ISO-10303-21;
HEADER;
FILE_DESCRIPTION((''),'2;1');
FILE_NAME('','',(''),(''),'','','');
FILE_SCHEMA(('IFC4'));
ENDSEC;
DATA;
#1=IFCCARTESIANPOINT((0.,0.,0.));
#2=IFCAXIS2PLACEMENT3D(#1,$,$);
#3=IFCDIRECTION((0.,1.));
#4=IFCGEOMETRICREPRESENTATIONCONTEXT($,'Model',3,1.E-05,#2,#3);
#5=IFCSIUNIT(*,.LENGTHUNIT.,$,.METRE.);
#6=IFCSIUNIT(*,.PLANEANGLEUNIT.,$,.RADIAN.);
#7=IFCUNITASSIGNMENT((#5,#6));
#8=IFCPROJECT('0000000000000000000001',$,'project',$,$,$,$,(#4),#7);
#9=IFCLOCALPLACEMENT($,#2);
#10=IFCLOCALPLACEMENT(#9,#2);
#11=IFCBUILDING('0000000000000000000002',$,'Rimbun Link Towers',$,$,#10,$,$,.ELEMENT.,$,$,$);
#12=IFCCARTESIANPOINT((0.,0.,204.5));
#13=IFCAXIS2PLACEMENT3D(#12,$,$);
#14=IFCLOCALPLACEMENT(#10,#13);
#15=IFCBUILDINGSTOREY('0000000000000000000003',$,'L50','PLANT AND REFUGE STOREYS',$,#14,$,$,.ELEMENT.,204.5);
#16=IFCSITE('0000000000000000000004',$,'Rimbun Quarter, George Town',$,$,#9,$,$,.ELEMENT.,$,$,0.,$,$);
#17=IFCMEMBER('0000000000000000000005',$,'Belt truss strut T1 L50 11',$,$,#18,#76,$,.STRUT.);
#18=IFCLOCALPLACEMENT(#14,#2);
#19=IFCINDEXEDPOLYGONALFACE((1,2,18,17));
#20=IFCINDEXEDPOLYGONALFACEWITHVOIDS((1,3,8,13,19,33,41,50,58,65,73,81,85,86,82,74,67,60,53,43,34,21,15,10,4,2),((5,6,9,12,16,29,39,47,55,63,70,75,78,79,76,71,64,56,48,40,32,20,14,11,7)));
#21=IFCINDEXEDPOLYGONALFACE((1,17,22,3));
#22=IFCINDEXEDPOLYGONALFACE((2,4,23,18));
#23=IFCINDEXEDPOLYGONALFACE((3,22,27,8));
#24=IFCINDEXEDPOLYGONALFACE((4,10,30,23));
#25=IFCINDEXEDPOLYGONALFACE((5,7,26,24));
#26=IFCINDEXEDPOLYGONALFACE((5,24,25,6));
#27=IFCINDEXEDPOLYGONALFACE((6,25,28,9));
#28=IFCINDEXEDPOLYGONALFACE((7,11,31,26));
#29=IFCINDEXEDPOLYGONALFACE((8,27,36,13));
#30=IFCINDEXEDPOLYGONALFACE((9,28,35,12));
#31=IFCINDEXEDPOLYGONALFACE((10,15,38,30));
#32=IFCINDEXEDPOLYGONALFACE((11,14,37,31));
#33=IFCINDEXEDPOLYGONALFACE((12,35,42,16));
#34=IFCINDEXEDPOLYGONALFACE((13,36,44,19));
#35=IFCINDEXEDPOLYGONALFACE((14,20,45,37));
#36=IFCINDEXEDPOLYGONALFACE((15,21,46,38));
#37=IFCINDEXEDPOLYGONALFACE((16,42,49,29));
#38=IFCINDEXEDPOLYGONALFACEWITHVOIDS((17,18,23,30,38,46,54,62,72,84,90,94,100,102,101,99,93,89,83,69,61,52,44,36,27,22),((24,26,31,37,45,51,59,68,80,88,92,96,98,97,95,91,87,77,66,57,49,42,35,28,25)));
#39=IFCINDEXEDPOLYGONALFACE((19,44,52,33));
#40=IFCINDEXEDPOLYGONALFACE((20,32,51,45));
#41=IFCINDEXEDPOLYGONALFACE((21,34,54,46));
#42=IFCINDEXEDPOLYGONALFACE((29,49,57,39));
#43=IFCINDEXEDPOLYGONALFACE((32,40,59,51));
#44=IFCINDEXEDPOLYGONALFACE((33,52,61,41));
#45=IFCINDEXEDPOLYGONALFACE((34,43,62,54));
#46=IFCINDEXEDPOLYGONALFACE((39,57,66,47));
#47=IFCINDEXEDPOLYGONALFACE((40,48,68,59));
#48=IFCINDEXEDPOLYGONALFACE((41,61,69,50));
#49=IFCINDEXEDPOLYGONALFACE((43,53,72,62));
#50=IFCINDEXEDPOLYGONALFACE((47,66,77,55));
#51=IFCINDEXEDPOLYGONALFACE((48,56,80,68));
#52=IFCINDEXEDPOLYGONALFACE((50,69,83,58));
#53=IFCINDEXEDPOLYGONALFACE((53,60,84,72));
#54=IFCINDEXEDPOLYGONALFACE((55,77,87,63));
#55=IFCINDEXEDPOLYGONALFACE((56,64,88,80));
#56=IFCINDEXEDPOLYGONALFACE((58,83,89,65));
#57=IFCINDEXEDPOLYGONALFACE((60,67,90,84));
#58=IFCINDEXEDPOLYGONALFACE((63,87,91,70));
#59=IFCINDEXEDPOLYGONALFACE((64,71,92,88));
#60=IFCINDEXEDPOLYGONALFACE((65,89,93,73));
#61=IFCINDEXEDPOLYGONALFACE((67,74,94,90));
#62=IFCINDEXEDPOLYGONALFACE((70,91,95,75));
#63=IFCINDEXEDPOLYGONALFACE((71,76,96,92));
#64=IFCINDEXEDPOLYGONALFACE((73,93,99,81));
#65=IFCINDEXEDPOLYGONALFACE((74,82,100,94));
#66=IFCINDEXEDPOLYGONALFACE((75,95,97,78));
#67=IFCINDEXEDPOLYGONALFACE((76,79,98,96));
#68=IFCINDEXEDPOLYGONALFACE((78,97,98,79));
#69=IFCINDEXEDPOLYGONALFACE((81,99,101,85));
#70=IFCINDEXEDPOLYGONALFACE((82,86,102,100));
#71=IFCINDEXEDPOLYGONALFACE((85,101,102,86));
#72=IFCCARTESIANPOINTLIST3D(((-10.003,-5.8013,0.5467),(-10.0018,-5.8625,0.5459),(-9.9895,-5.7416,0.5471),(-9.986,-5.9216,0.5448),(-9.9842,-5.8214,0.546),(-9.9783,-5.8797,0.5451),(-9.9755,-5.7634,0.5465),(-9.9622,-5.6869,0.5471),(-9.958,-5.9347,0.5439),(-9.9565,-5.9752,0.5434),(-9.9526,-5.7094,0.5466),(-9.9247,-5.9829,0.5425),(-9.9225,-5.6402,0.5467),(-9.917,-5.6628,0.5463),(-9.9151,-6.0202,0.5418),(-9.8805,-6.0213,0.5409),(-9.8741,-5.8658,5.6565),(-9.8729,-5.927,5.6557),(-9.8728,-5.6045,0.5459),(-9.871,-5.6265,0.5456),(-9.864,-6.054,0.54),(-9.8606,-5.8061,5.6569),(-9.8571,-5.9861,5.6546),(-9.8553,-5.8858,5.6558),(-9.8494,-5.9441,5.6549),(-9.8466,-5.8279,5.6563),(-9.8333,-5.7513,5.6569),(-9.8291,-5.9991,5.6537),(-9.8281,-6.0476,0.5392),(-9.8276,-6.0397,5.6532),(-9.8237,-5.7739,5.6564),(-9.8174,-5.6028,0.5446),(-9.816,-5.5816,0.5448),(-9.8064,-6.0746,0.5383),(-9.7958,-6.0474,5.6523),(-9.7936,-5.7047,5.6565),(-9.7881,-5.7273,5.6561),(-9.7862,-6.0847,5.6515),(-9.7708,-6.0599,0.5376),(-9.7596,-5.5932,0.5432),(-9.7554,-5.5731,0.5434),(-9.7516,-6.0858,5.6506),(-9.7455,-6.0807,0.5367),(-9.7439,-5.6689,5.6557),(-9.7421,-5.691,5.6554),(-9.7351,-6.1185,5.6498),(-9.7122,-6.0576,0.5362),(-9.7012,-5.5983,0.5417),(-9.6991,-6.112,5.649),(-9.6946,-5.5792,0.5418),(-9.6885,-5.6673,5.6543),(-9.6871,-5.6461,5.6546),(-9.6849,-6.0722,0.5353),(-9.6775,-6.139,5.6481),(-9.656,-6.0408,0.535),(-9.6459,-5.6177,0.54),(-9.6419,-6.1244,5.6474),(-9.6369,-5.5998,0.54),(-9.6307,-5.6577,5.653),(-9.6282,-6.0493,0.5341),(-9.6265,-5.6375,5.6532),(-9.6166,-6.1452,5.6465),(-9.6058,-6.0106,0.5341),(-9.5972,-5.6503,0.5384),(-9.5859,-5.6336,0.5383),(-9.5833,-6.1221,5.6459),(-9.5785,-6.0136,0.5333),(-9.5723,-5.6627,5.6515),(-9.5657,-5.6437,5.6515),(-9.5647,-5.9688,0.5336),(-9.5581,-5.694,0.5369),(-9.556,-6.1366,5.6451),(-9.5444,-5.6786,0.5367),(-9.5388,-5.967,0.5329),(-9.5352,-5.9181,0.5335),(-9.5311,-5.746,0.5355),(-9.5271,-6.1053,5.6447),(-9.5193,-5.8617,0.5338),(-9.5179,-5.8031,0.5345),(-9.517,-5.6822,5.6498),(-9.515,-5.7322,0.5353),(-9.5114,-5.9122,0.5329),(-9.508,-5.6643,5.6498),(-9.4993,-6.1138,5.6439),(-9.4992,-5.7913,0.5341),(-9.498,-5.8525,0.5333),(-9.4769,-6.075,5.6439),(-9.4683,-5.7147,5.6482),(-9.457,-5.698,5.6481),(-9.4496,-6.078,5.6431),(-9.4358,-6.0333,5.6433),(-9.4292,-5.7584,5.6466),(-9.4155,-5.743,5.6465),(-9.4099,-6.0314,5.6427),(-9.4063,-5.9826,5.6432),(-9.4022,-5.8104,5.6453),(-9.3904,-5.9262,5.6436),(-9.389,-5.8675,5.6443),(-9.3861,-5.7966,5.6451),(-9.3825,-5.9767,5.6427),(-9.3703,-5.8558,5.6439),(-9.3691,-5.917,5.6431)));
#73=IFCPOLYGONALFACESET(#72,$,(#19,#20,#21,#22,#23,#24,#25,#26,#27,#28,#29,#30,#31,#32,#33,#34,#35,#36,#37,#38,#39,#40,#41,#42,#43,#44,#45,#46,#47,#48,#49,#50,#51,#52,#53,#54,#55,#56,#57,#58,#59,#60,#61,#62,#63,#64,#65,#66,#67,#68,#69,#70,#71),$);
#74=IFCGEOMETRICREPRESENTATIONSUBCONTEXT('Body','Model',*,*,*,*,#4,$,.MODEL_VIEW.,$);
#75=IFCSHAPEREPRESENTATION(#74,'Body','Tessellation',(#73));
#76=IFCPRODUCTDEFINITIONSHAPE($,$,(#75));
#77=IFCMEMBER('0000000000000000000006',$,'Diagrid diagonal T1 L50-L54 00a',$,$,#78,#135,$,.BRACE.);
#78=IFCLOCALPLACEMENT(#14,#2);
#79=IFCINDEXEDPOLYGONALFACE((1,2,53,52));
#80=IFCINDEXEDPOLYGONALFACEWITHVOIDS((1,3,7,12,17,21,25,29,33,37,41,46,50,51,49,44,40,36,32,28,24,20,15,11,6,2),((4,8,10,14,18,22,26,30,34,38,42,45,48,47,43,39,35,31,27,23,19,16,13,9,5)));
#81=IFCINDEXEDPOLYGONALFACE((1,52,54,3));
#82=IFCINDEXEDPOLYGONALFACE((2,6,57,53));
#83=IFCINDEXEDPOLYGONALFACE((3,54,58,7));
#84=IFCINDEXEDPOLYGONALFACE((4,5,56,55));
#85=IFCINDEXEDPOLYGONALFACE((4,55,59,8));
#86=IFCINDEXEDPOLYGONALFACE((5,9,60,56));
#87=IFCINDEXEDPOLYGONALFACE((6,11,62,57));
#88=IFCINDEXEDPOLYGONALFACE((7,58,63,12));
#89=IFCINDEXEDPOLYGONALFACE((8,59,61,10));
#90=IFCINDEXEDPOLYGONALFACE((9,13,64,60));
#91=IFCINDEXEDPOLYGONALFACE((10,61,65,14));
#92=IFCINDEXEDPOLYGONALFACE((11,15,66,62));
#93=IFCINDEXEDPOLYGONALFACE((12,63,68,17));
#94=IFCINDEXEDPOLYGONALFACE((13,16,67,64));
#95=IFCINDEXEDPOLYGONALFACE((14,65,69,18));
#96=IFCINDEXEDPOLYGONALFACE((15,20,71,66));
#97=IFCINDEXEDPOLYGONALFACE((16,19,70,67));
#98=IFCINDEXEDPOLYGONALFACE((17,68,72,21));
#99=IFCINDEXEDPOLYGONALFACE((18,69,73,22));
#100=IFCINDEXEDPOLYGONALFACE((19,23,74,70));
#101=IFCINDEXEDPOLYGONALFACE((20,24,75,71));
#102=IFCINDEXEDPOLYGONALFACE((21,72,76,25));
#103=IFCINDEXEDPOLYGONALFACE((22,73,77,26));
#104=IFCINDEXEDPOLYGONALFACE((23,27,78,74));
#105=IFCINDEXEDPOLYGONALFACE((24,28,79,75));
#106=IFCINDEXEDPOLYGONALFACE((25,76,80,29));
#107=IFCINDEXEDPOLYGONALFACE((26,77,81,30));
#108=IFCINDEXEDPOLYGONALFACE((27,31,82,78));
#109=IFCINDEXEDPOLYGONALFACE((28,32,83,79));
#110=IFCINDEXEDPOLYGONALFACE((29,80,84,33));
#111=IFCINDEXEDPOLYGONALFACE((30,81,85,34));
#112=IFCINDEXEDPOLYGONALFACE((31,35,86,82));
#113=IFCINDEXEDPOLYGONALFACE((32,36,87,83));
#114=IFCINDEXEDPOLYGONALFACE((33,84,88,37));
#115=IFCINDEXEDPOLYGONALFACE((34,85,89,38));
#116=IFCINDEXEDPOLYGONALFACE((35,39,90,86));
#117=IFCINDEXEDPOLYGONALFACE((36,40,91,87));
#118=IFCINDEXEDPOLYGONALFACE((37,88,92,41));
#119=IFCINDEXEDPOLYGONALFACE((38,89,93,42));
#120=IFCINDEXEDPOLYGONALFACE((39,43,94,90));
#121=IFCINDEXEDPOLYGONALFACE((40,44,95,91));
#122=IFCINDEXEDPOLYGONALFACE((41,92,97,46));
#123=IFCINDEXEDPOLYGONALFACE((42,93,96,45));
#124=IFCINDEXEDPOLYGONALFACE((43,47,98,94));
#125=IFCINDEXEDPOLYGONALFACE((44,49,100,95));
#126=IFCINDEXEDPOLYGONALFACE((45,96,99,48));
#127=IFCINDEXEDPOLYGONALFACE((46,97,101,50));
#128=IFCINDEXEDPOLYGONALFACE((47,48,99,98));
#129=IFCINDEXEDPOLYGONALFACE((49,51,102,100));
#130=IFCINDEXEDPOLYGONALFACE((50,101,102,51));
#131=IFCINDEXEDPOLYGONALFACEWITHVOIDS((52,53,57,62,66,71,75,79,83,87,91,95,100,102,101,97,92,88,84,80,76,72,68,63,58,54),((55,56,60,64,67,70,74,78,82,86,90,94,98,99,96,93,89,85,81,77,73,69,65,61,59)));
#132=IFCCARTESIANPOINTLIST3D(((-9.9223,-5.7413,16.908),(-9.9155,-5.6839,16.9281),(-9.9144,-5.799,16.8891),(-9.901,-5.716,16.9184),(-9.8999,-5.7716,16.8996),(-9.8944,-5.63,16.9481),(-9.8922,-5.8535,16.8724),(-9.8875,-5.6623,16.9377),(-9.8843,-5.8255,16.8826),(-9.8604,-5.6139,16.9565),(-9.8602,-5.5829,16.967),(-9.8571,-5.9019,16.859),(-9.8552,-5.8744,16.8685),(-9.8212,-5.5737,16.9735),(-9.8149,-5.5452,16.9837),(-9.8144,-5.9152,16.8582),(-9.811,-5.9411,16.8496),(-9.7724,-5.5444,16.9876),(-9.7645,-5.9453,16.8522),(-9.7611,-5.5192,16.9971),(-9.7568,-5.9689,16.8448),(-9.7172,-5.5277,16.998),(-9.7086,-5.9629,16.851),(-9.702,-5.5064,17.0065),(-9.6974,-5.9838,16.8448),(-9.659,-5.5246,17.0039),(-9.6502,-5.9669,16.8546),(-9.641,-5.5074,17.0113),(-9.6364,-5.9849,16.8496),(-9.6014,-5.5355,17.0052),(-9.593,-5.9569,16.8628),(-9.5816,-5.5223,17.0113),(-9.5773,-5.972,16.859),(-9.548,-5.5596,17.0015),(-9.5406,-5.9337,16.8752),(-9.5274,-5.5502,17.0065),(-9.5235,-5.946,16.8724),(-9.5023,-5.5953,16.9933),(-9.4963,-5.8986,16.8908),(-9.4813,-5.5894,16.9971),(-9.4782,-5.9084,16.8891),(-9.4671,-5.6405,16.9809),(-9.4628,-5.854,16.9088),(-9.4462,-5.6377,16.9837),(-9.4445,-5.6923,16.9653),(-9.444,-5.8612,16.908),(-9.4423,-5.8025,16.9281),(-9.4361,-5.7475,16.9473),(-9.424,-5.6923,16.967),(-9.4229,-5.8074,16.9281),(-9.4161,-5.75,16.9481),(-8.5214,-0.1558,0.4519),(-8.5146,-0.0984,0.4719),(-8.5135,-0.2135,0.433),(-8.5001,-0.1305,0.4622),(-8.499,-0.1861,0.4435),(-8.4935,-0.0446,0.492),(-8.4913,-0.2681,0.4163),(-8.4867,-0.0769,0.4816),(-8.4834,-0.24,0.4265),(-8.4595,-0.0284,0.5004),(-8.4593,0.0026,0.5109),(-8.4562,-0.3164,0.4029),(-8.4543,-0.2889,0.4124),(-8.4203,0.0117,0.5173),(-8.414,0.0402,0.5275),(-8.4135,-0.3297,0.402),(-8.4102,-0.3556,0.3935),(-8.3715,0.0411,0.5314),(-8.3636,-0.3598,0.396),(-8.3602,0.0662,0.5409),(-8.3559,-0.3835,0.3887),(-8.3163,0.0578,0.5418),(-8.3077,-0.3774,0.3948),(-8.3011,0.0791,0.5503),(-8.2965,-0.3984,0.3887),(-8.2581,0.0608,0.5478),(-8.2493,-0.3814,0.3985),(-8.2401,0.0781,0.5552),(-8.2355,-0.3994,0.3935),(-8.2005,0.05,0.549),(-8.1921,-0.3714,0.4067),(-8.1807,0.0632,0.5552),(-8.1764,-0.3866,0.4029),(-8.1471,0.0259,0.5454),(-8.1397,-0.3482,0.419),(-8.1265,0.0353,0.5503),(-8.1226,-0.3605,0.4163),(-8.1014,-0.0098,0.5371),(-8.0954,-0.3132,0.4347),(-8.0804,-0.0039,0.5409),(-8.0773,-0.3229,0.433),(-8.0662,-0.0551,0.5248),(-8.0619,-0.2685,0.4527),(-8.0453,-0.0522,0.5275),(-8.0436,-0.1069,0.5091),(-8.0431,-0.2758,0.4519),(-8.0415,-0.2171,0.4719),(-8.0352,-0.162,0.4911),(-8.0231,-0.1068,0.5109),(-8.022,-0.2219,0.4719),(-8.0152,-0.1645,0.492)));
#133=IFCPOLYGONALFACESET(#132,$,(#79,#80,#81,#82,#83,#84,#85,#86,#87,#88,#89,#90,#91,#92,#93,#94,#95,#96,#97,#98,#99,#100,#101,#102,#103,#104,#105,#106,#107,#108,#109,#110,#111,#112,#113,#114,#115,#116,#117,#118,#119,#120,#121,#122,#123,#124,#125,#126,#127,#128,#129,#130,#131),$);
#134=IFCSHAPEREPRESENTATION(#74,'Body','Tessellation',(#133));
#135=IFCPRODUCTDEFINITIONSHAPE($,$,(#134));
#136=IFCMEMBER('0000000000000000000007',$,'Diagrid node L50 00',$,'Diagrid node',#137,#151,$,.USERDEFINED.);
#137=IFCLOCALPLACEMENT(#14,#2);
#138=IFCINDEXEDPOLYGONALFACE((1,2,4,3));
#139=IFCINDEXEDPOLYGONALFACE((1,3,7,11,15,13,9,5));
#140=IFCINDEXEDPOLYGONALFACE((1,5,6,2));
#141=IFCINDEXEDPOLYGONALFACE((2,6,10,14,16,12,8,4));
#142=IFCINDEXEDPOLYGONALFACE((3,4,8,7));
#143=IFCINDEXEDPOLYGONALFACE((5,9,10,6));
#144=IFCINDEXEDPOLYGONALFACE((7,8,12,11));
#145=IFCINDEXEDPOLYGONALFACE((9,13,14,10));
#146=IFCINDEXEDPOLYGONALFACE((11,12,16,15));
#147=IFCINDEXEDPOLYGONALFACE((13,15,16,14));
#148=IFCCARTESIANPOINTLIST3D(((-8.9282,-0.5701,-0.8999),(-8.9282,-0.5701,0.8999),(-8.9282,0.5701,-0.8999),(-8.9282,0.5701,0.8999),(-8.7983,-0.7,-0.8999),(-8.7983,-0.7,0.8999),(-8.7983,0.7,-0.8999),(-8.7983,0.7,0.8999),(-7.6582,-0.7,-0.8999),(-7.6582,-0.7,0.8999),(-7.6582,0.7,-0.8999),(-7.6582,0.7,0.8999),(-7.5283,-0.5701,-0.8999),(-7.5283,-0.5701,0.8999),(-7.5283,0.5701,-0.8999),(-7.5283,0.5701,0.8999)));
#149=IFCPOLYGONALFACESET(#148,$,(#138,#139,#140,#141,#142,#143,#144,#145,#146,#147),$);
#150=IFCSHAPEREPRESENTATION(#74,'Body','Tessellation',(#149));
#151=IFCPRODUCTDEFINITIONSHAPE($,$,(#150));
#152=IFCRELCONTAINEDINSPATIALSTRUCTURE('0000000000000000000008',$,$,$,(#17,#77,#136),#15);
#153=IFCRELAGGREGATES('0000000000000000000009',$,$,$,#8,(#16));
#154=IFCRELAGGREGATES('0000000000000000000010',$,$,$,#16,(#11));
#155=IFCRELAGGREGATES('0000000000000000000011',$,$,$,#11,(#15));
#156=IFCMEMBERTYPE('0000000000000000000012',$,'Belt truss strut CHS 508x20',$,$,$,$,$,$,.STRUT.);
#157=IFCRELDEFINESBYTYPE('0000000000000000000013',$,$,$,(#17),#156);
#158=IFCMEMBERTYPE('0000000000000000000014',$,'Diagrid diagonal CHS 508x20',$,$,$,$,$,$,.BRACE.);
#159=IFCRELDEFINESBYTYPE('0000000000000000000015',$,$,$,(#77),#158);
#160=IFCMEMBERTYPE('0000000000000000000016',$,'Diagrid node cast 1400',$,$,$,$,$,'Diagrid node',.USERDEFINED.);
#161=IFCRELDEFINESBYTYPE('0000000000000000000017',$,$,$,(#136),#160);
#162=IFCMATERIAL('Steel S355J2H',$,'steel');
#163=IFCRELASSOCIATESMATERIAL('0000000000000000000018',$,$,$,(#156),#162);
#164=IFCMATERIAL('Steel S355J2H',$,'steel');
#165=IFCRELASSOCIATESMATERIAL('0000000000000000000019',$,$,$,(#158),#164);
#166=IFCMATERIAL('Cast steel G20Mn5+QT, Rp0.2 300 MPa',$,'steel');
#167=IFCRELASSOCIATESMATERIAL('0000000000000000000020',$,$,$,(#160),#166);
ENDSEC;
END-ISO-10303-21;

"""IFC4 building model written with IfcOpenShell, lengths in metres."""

from ifc_helpers import new_model, si_unit, direction, frame, origin, origin_2d, place, context, subcontext, project, spatial, polyline, hollow_circle, outline, extrude, material, material_profile, profile_set, type_object, element, save


model = new_model("IFC4")

# Units and contexts
model_context = context("Model", 3, precision=1e-05, world=origin(), true_north=direction((0.0, 1.0)))
body_context = subcontext(model_context, "Body", "Model", "MODEL_VIEW")
ifc_project = project(units=[si_unit("LENGTHUNIT", "METRE"), si_unit("PLANEANGLEUNIT", "RADIAN")], contexts=[model_context])

# Site, building, storey
site_placement = place(None, origin())
site = spatial("IfcSite", under=ifc_project, at=site_placement, Name="Rimbun Quarter, George Town", CompositionType="ELEMENT", RefElevation=0.0)
building_placement = place(site_placement, origin())
building = spatial("IfcBuilding", under=site, at=building_placement, Name="Rimbun Link Towers", CompositionType="ELEMENT")
storey_placement = place(building_placement, frame((0.0, 0.0, 204.5)))
storey = spatial("IfcBuildingStorey", under=building, at=storey_placement, Name="L50", Description="PLANT AND REFUGE STOREYS", CompositionType="ELEMENT", Elevation=204.5)

# Members
ifc_material_1 = material(Name="Steel S355J2H", Category="steel")
ifc_material_profile_1 = material_profile(ifc_material_1, hollow_circle(Radius=0.2539, WallThickness=0.02, at=origin_2d()), Name="Belt truss strut CHS 508x20")
ifc_profile_set_1 = profile_set([ifc_material_profile_1], Name="Steel S355J2H")
member_type_1 = type_object("IfcMemberType", Name="Belt truss strut CHS 508x20", PredefinedType="STRUT", material=ifc_profile_set_1)
member_1_placement = place(storey_placement, frame((-9.7505, -5.8269, 0.54), z_axis=(0.025217, -0.012608, 0.999602), x_axis=(0.447214, 0.894427, 0.0)))
element("IfcMember", 1, at=member_1_placement, inside=storey, type_object=member_type_1, Name="Belt truss strut T1 L50 11", PredefinedType="STRUT", context=body_context, shape_type="SweptSolid", body=[
    extrude(hollow_circle(Radius=0.2539, WallThickness=0.02, at=origin_2d()), origin(), (0.0, 0.0, 1.0), 5.1118),
])
ifc_material_2 = material(Name="Steel S355J2H", Category="steel")
ifc_material_profile_2 = material_profile(ifc_material_2, hollow_circle(Radius=0.2539, WallThickness=0.02, at=origin_2d()), Name="Diagrid diagonal CHS 508x20")
ifc_profile_set_2 = profile_set([ifc_material_profile_2], Name="Steel S355J2H")
member_type_2 = type_object("IfcMemberType", Name="Diagrid diagonal CHS 508x20", PredefinedType="BRACE", material=ifc_profile_set_2)
member_2_placement = place(storey_placement, frame((-8.2683, -0.1602, 0.4719), z_axis=(-0.080351, -0.320368, 0.943879), x_axis=(0.969958, -0.243274, 0.0)))
element("IfcMember", 2, at=member_2_placement, inside=storey, type_object=member_type_2, Name="Diagrid diagonal T1 L50-L54 00a", PredefinedType="BRACE", context=body_context, shape_type="SweptSolid", body=[
    extrude(hollow_circle(Radius=0.2539, WallThickness=0.02, at=origin_2d()), origin(), (0.0, 0.0, 1.0), 17.4346),
])
ifc_material_3 = material(Name="Cast steel G20Mn5+QT, Rp0.2 300 MPa", Category="steel")
ifc_material_profile_3 = material_profile(ifc_material_3, outline(polyline([(0.7, -0.5701), (0.7, 0.5701), (0.5701, 0.7), (-0.5701, 0.7), (-0.7, 0.5701), (-0.7, -0.5701), (-0.5701, -0.7), (0.5701, -0.7), (0.7, -0.5701)])), Name="NODE 1400x1400")
ifc_profile_set_3 = profile_set([ifc_material_profile_3], Name="Cast steel G20Mn5+QT, Rp0.2 300 MPa")
member_type_3 = type_object("IfcMemberType", Name="Diagrid node cast 1400", ElementType="Diagrid node", PredefinedType="USERDEFINED", material=ifc_profile_set_3)
member_3_placement = place(storey_placement, frame((-8.2283, 0.0, -0.8999), z_axis=(0.0, 0.0, 1.0), x_axis=(1.0, 0.0, 0.0)))
element("IfcMember", 3, at=member_3_placement, inside=storey, type_object=member_type_3, Name="Diagrid node L50 00", ObjectType="Diagrid node", PredefinedType="USERDEFINED", context=body_context, shape_type="SweptSolid", body=[
    extrude(outline(polyline([(0.7, -0.5701), (0.7, 0.5701), (0.5701, 0.7), (-0.5701, 0.7), (-0.7, 0.5701), (-0.7, -0.5701), (-0.5701, -0.7), (0.5701, -0.7), (0.7, -0.5701)])), origin(), (0.0, 0.0, 1.0), 1.7998),
])

save(model, "model.ifc")
